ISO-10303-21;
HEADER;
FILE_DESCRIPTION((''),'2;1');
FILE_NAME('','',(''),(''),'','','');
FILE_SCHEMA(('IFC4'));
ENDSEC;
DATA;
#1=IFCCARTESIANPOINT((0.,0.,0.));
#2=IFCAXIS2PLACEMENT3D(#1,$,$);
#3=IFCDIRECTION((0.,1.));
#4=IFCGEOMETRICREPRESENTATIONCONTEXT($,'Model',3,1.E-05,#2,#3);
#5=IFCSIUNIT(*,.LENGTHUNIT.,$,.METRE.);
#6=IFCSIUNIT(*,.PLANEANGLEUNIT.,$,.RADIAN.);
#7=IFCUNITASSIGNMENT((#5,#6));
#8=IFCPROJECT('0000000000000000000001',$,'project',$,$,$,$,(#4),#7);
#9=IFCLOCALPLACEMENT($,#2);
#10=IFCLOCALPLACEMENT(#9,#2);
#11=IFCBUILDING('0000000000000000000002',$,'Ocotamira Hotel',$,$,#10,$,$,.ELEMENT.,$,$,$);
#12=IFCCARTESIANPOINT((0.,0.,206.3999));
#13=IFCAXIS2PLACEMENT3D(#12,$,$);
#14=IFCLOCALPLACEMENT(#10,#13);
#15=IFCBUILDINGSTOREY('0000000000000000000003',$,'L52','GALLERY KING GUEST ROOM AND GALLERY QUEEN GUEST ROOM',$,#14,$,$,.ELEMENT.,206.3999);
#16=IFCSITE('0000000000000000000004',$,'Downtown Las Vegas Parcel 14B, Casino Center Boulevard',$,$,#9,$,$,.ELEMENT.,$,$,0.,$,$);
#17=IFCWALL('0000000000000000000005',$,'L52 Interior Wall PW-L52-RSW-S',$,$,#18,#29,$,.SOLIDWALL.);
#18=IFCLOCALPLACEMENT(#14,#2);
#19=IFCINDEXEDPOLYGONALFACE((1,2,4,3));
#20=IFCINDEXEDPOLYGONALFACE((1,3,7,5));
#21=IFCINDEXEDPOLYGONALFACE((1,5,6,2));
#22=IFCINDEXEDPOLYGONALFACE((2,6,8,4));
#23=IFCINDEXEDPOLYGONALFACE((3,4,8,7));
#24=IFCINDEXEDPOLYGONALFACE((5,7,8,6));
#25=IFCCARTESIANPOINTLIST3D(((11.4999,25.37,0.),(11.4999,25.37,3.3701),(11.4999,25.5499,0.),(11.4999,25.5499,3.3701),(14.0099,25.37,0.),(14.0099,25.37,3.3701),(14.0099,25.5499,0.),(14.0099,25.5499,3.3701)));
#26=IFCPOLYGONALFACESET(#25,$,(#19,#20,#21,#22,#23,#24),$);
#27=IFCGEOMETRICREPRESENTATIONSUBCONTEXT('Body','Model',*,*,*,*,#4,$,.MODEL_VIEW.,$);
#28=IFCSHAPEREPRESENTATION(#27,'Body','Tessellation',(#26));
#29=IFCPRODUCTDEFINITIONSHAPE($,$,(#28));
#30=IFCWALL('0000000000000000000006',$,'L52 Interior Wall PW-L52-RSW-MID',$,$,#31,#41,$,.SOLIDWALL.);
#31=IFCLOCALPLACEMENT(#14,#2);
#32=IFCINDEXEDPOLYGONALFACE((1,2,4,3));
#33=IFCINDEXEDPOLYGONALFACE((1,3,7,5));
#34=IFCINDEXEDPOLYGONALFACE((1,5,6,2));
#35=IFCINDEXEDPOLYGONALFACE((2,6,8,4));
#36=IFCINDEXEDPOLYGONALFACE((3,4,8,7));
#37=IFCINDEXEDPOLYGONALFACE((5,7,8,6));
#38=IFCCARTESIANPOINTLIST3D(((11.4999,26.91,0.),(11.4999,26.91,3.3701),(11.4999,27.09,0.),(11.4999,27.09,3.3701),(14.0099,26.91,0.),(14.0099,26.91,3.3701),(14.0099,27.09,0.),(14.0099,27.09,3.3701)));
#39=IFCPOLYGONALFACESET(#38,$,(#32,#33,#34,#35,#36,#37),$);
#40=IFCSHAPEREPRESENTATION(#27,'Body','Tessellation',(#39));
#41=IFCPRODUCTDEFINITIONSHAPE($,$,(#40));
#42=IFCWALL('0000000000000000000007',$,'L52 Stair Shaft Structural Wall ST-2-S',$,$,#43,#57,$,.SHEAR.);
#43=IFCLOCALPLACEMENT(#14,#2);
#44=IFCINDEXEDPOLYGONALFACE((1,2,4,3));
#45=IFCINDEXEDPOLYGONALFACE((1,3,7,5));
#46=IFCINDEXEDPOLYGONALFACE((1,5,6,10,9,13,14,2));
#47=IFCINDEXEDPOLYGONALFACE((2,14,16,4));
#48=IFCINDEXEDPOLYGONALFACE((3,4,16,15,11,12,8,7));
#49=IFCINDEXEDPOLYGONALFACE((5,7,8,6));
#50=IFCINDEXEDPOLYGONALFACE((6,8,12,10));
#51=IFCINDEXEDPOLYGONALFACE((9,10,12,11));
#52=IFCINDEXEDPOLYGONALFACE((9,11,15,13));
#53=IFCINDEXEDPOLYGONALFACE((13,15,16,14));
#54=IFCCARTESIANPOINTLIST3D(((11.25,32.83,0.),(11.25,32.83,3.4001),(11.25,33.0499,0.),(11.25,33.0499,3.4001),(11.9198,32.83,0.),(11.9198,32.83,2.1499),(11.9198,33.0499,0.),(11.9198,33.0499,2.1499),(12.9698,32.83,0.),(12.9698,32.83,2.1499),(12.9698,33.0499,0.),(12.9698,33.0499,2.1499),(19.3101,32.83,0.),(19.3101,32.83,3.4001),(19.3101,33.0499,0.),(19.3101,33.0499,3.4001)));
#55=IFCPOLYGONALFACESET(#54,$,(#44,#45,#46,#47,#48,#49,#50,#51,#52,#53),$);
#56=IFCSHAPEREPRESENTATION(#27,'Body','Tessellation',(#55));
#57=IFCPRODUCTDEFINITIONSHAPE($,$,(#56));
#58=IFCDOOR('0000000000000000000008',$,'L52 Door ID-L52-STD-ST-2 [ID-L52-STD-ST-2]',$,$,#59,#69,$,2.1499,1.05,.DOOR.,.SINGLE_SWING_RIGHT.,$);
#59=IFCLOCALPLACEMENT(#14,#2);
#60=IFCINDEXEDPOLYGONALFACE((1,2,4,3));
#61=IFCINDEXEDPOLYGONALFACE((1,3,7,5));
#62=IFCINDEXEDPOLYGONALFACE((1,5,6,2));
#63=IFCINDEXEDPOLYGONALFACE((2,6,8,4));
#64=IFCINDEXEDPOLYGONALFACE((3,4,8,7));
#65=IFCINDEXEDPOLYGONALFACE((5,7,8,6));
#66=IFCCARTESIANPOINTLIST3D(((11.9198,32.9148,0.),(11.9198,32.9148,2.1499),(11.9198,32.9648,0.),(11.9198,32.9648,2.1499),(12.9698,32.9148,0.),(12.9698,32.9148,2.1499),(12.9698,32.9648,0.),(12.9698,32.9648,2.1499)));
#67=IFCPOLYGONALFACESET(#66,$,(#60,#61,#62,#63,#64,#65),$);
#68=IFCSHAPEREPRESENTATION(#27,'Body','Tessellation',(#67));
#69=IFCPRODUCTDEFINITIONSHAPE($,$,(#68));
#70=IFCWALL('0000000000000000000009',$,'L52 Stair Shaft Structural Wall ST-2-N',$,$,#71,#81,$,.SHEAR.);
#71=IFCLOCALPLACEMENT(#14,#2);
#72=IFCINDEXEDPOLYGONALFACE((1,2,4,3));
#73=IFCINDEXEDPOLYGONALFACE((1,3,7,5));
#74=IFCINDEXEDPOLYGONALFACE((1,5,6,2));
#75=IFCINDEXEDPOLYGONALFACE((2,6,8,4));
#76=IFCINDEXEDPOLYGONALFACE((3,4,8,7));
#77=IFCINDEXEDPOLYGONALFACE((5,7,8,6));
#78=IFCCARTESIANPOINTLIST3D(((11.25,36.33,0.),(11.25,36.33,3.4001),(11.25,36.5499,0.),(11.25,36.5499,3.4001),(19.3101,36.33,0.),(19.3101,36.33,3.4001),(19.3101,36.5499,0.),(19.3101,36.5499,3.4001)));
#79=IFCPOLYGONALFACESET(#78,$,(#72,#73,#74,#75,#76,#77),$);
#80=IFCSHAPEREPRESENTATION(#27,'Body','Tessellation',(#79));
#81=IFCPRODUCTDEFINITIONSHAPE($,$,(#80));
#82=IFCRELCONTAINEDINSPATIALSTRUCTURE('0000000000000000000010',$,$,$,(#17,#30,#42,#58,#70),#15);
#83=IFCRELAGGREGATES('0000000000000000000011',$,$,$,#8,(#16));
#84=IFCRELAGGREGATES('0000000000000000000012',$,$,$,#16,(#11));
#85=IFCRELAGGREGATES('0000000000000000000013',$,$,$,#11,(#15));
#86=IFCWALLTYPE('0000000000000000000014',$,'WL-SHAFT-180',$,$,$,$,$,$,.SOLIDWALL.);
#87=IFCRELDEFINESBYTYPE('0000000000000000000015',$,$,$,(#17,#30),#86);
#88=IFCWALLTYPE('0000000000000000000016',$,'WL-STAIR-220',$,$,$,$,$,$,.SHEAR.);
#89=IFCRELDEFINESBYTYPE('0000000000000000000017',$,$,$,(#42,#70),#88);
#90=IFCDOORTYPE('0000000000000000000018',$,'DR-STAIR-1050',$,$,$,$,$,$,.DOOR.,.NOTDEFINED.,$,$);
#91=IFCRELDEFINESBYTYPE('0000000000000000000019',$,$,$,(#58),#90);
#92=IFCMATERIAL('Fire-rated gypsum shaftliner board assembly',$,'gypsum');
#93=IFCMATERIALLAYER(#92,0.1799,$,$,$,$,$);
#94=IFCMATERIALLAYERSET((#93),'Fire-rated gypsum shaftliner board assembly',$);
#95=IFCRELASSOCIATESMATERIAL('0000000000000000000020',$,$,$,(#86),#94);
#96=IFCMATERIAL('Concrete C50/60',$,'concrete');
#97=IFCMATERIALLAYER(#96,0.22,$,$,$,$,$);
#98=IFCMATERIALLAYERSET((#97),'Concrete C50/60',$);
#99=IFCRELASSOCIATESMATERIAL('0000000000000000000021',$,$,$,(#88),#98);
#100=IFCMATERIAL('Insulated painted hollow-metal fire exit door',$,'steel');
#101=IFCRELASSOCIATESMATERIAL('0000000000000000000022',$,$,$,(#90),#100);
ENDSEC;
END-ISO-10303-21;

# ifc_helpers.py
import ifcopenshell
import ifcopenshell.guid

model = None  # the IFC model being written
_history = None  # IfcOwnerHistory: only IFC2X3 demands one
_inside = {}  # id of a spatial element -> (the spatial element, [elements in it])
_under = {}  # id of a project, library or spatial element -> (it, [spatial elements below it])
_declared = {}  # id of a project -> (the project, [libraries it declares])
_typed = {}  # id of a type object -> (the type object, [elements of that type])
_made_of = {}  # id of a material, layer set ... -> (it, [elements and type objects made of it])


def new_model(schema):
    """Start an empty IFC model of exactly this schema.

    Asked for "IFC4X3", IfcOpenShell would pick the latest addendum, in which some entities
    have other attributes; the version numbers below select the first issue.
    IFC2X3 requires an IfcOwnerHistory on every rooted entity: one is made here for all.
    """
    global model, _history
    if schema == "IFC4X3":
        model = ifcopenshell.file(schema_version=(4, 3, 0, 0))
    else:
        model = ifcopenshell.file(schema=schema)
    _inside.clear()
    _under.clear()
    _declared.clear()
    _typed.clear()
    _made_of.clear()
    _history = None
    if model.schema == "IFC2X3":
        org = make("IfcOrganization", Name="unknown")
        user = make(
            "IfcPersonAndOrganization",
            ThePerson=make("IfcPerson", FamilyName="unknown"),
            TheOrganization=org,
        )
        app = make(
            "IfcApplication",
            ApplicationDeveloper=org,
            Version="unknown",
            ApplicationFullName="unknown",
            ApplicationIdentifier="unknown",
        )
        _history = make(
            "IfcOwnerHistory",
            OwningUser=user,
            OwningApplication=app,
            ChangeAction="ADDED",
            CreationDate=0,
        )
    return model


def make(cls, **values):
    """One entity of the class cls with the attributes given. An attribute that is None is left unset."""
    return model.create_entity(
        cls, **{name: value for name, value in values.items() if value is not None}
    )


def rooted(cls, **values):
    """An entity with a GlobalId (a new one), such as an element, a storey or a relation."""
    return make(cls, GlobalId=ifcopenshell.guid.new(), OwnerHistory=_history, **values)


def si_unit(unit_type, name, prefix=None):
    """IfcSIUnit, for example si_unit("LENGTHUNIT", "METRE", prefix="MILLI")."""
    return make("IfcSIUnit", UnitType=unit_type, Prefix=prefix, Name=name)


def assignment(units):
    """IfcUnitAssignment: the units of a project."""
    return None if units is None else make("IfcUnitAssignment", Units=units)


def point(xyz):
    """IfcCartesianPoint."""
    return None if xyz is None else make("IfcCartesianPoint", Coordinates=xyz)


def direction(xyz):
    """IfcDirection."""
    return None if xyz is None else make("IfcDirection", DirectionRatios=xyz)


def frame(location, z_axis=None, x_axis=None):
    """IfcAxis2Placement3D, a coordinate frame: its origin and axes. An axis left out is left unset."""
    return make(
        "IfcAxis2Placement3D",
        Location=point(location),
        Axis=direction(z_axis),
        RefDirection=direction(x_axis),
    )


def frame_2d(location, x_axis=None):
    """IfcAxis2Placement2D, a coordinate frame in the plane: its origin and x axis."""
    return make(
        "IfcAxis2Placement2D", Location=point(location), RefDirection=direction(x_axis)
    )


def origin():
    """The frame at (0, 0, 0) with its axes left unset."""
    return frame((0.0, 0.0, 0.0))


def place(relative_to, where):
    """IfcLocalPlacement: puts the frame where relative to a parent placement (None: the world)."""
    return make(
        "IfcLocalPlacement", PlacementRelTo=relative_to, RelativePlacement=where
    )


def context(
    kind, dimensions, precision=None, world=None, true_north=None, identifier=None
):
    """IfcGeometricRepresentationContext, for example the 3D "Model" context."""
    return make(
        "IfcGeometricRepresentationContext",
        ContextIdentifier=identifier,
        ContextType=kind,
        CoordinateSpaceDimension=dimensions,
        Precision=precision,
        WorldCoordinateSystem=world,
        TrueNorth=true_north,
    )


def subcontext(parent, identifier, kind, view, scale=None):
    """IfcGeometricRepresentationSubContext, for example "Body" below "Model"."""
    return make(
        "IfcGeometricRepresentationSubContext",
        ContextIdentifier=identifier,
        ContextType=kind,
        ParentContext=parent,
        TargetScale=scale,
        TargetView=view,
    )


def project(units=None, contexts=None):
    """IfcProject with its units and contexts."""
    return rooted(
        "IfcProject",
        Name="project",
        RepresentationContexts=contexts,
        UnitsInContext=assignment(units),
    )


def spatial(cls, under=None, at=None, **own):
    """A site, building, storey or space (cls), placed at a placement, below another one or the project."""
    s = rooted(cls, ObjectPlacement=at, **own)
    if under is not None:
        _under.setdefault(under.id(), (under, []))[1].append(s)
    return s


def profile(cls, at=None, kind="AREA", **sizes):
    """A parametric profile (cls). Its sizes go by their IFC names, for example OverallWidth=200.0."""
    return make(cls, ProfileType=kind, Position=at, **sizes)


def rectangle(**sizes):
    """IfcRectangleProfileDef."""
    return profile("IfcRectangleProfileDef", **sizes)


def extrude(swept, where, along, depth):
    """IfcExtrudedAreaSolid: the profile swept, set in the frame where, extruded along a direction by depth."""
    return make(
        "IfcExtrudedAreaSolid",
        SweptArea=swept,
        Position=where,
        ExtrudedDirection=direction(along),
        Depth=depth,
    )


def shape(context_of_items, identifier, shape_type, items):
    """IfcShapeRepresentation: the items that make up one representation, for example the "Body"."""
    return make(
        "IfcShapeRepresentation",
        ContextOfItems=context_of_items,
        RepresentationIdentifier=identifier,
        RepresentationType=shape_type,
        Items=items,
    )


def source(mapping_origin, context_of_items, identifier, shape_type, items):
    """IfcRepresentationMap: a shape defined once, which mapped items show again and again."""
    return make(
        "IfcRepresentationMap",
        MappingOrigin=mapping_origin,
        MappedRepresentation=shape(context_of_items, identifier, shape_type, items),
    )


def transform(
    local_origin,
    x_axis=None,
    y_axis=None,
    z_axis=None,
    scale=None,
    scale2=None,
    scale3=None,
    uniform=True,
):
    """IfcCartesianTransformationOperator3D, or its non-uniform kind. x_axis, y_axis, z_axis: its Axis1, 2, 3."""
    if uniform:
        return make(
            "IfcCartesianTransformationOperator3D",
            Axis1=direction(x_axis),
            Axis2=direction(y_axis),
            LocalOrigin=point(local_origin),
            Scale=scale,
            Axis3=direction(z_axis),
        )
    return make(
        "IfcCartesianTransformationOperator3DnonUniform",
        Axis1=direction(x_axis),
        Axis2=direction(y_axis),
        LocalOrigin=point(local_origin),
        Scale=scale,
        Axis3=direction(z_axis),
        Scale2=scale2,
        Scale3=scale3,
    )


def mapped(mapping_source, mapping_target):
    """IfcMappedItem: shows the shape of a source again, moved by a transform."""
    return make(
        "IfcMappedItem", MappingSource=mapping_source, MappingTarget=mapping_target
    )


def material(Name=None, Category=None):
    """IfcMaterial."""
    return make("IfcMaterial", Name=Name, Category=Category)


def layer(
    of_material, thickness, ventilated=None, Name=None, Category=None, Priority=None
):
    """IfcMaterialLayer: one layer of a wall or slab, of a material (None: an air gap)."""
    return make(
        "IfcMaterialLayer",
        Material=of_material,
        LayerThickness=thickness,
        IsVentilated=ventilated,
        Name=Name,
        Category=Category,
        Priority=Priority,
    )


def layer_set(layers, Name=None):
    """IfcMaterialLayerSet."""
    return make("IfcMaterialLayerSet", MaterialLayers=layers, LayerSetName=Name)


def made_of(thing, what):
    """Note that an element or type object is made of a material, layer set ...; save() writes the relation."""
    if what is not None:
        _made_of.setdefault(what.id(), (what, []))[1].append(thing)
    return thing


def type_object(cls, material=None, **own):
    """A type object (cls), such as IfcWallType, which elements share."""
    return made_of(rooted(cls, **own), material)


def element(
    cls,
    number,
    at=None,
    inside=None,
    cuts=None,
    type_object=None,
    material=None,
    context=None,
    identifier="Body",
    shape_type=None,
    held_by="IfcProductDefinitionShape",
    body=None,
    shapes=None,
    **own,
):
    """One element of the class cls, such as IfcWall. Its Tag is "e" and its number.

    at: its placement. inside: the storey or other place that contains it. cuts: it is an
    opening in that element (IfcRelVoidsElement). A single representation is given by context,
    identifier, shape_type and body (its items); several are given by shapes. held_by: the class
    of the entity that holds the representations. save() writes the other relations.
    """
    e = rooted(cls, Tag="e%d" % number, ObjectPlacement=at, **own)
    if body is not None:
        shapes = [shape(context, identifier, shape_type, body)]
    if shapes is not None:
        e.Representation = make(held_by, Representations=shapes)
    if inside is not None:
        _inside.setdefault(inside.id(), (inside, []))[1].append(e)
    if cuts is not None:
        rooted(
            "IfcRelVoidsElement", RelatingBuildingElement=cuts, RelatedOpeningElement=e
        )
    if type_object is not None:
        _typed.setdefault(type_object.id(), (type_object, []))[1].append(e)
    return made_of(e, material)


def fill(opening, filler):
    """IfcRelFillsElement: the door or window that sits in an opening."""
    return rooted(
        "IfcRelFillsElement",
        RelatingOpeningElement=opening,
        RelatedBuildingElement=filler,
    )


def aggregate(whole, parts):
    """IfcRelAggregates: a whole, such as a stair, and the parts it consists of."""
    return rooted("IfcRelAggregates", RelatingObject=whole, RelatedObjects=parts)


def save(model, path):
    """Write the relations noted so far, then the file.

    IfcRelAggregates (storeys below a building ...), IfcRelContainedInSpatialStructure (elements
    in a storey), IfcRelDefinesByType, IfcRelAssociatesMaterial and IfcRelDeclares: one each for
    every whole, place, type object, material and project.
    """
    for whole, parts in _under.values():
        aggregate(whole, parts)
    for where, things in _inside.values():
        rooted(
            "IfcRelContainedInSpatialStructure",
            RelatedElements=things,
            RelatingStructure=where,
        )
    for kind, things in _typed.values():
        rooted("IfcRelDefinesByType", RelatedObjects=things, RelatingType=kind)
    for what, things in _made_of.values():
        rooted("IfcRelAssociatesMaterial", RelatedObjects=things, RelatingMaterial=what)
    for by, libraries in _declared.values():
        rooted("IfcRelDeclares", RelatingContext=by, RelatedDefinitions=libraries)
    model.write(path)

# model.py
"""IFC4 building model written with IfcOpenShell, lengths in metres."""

from ifc_helpers import new_model, si_unit, direction, frame, frame_2d, origin, place, context, subcontext, project, spatial, rectangle, extrude, source, transform, mapped, material, layer, layer_set, type_object, element, fill, save


model = new_model("IFC4")

# Units and contexts
model_context = context("Model", 3, precision=1e-05, world=origin(), true_north=direction((0.0, 1.0)))
body_context = subcontext(model_context, "Body", "Model", "MODEL_VIEW")
ifc_project = project(units=[si_unit("LENGTHUNIT", "METRE"), si_unit("PLANEANGLEUNIT", "RADIAN")], contexts=[model_context])

# Site, building, storey
site_placement = place(None, origin())
site = spatial("IfcSite", under=ifc_project, at=site_placement, Name="Downtown Las Vegas Parcel 14B, Casino Center Boulevard", CompositionType="ELEMENT", RefElevation=0.0)
building_placement = place(site_placement, origin())
building = spatial("IfcBuilding", under=site, at=building_placement, Name="Ocotamira Hotel", CompositionType="ELEMENT")
storey_placement = place(building_placement, frame((0.0, 0.0, 206.3999)))
storey = spatial("IfcBuildingStorey", under=building, at=storey_placement, Name="L52", Description="GALLERY KING GUEST ROOM AND GALLERY QUEEN GUEST ROOM", CompositionType="ELEMENT", Elevation=206.3999)

# Walls
ifc_material_1 = material(Name="Fire-rated gypsum shaftliner board assembly", Category="gypsum")
ifc_layer_1 = layer(ifc_material_1, 0.1799)
ifc_layer_set_1 = layer_set([ifc_layer_1], Name="Fire-rated gypsum shaftliner board assembly")
wall_type_1 = type_object("IfcWallType", Name="WL-SHAFT-180", PredefinedType="SOLIDWALL", material=ifc_layer_set_1)
for number, where, z_axis, x_axis, name in (
    (1, (11.5, 25.46, 0.0), (0.0, 0.0, 1.0), (1.0, 0.0, 0.0), "L52 Interior Wall PW-L52-RSW-S"),
    (2, (11.5, 27.0, 0.0), (0.0, 0.0, 1.0), (1.0, 0.0, 0.0), "L52 Interior Wall PW-L52-RSW-MID"),
):
    element("IfcWall", number, at=place(storey_placement, frame(where, z_axis=z_axis, x_axis=x_axis)), inside=storey, type_object=wall_type_1, Name=name, PredefinedType="SOLIDWALL", context=body_context, shape_type="SweptSolid", body=[
        extrude(rectangle(XDim=2.51, YDim=0.1799, at=frame_2d((1.2549, 0.0))), origin(), (0.0, 0.0, 1.0), 3.3701),
    ])

# Wall, opening, door
ifc_material_2 = material(Name="Concrete C50/60", Category="concrete")
ifc_layer_2 = layer(ifc_material_2, 0.22)
ifc_layer_set_2 = layer_set([ifc_layer_2], Name="Concrete C50/60")
wall_type_2 = type_object("IfcWallType", Name="WL-STAIR-220", PredefinedType="SHEAR", material=ifc_layer_set_2)
wall_1_placement = place(storey_placement, frame((11.25, 32.9399, 0.0), z_axis=(0.0, 0.0, 1.0), x_axis=(1.0, 0.0, 0.0)))
wall_1 = element("IfcWall", 3, at=wall_1_placement, inside=storey, type_object=wall_type_2, Name="L52 Stair Shaft Structural Wall ST-2-S", PredefinedType="SHEAR", context=body_context, shape_type="SweptSolid", body=[
    extrude(rectangle(XDim=8.0601, YDim=0.22, at=frame_2d((4.03, 0.0))), origin(), (0.0, 0.0, 1.0), 3.4001),
])
opening_1_placement = place(wall_1_placement, frame((0.6699, 0.0, 0.0)))
opening_1 = element("IfcOpeningElement", 4, at=opening_1_placement, cuts=wall_1, PredefinedType="OPENING", context=body_context, shape_type="SweptSolid", body=[
    extrude(rectangle(XDim=1.05, YDim=2.1499, at=frame_2d((0.5249, 1.075))), frame((0.0, 0.1201, 0.0), z_axis=(0.0, -1.0, 0.0), x_axis=(1.0, 0.0, 0.0)), (0.0, 0.0, 1.0), 0.24),
])
ifc_material_3 = material(Name="Insulated painted hollow-metal fire exit door", Category="steel")
door_type_1 = type_object("IfcDoorType", Name="DR-STAIR-1050", OperationType="NOTDEFINED", PredefinedType="DOOR", material=ifc_material_3)
shared_shape_1 = source(origin(), body_context, "Body", "SweptSolid", [
    extrude(rectangle(XDim=1.05, YDim=2.1499, at=frame_2d((0.5249, 1.075))), frame((0.0, 0.0249, 0.0), z_axis=(0.0, -1.0, 0.0), x_axis=(1.0, 0.0, 0.0)), (0.0, 0.0, 1.0), 0.05),
])
door_1_placement = place(opening_1_placement, origin())
door_1 = element("IfcDoor", 5, at=door_1_placement, inside=storey, type_object=door_type_1, Name="L52 Door ID-L52-STD-ST-2 [ID-L52-STD-ST-2]", OperationType="SINGLE_SWING_RIGHT", OverallHeight=2.1499, OverallWidth=1.05, PredefinedType="DOOR", context=body_context, shape_type="MappedRepresentation", body=[
    mapped(shared_shape_1, transform((0.0, 0.0, 0.0), scale=1.0)),
])
fill(opening_1, door_1)

# Wall
wall_2_placement = place(storey_placement, frame((11.25, 36.4399, 0.0), z_axis=(0.0, 0.0, 1.0), x_axis=(1.0, 0.0, 0.0)))
element("IfcWall", 6, at=wall_2_placement, inside=storey, type_object=wall_type_2, Name="L52 Stair Shaft Structural Wall ST-2-N", PredefinedType="SHEAR", context=body_context, shape_type="SweptSolid", body=[
    extrude(rectangle(XDim=8.0601, YDim=0.22, at=frame_2d((4.03, 0.0))), origin(), (0.0, 0.0, 1.0), 3.4001),
])

save(model, "model.ifc")
